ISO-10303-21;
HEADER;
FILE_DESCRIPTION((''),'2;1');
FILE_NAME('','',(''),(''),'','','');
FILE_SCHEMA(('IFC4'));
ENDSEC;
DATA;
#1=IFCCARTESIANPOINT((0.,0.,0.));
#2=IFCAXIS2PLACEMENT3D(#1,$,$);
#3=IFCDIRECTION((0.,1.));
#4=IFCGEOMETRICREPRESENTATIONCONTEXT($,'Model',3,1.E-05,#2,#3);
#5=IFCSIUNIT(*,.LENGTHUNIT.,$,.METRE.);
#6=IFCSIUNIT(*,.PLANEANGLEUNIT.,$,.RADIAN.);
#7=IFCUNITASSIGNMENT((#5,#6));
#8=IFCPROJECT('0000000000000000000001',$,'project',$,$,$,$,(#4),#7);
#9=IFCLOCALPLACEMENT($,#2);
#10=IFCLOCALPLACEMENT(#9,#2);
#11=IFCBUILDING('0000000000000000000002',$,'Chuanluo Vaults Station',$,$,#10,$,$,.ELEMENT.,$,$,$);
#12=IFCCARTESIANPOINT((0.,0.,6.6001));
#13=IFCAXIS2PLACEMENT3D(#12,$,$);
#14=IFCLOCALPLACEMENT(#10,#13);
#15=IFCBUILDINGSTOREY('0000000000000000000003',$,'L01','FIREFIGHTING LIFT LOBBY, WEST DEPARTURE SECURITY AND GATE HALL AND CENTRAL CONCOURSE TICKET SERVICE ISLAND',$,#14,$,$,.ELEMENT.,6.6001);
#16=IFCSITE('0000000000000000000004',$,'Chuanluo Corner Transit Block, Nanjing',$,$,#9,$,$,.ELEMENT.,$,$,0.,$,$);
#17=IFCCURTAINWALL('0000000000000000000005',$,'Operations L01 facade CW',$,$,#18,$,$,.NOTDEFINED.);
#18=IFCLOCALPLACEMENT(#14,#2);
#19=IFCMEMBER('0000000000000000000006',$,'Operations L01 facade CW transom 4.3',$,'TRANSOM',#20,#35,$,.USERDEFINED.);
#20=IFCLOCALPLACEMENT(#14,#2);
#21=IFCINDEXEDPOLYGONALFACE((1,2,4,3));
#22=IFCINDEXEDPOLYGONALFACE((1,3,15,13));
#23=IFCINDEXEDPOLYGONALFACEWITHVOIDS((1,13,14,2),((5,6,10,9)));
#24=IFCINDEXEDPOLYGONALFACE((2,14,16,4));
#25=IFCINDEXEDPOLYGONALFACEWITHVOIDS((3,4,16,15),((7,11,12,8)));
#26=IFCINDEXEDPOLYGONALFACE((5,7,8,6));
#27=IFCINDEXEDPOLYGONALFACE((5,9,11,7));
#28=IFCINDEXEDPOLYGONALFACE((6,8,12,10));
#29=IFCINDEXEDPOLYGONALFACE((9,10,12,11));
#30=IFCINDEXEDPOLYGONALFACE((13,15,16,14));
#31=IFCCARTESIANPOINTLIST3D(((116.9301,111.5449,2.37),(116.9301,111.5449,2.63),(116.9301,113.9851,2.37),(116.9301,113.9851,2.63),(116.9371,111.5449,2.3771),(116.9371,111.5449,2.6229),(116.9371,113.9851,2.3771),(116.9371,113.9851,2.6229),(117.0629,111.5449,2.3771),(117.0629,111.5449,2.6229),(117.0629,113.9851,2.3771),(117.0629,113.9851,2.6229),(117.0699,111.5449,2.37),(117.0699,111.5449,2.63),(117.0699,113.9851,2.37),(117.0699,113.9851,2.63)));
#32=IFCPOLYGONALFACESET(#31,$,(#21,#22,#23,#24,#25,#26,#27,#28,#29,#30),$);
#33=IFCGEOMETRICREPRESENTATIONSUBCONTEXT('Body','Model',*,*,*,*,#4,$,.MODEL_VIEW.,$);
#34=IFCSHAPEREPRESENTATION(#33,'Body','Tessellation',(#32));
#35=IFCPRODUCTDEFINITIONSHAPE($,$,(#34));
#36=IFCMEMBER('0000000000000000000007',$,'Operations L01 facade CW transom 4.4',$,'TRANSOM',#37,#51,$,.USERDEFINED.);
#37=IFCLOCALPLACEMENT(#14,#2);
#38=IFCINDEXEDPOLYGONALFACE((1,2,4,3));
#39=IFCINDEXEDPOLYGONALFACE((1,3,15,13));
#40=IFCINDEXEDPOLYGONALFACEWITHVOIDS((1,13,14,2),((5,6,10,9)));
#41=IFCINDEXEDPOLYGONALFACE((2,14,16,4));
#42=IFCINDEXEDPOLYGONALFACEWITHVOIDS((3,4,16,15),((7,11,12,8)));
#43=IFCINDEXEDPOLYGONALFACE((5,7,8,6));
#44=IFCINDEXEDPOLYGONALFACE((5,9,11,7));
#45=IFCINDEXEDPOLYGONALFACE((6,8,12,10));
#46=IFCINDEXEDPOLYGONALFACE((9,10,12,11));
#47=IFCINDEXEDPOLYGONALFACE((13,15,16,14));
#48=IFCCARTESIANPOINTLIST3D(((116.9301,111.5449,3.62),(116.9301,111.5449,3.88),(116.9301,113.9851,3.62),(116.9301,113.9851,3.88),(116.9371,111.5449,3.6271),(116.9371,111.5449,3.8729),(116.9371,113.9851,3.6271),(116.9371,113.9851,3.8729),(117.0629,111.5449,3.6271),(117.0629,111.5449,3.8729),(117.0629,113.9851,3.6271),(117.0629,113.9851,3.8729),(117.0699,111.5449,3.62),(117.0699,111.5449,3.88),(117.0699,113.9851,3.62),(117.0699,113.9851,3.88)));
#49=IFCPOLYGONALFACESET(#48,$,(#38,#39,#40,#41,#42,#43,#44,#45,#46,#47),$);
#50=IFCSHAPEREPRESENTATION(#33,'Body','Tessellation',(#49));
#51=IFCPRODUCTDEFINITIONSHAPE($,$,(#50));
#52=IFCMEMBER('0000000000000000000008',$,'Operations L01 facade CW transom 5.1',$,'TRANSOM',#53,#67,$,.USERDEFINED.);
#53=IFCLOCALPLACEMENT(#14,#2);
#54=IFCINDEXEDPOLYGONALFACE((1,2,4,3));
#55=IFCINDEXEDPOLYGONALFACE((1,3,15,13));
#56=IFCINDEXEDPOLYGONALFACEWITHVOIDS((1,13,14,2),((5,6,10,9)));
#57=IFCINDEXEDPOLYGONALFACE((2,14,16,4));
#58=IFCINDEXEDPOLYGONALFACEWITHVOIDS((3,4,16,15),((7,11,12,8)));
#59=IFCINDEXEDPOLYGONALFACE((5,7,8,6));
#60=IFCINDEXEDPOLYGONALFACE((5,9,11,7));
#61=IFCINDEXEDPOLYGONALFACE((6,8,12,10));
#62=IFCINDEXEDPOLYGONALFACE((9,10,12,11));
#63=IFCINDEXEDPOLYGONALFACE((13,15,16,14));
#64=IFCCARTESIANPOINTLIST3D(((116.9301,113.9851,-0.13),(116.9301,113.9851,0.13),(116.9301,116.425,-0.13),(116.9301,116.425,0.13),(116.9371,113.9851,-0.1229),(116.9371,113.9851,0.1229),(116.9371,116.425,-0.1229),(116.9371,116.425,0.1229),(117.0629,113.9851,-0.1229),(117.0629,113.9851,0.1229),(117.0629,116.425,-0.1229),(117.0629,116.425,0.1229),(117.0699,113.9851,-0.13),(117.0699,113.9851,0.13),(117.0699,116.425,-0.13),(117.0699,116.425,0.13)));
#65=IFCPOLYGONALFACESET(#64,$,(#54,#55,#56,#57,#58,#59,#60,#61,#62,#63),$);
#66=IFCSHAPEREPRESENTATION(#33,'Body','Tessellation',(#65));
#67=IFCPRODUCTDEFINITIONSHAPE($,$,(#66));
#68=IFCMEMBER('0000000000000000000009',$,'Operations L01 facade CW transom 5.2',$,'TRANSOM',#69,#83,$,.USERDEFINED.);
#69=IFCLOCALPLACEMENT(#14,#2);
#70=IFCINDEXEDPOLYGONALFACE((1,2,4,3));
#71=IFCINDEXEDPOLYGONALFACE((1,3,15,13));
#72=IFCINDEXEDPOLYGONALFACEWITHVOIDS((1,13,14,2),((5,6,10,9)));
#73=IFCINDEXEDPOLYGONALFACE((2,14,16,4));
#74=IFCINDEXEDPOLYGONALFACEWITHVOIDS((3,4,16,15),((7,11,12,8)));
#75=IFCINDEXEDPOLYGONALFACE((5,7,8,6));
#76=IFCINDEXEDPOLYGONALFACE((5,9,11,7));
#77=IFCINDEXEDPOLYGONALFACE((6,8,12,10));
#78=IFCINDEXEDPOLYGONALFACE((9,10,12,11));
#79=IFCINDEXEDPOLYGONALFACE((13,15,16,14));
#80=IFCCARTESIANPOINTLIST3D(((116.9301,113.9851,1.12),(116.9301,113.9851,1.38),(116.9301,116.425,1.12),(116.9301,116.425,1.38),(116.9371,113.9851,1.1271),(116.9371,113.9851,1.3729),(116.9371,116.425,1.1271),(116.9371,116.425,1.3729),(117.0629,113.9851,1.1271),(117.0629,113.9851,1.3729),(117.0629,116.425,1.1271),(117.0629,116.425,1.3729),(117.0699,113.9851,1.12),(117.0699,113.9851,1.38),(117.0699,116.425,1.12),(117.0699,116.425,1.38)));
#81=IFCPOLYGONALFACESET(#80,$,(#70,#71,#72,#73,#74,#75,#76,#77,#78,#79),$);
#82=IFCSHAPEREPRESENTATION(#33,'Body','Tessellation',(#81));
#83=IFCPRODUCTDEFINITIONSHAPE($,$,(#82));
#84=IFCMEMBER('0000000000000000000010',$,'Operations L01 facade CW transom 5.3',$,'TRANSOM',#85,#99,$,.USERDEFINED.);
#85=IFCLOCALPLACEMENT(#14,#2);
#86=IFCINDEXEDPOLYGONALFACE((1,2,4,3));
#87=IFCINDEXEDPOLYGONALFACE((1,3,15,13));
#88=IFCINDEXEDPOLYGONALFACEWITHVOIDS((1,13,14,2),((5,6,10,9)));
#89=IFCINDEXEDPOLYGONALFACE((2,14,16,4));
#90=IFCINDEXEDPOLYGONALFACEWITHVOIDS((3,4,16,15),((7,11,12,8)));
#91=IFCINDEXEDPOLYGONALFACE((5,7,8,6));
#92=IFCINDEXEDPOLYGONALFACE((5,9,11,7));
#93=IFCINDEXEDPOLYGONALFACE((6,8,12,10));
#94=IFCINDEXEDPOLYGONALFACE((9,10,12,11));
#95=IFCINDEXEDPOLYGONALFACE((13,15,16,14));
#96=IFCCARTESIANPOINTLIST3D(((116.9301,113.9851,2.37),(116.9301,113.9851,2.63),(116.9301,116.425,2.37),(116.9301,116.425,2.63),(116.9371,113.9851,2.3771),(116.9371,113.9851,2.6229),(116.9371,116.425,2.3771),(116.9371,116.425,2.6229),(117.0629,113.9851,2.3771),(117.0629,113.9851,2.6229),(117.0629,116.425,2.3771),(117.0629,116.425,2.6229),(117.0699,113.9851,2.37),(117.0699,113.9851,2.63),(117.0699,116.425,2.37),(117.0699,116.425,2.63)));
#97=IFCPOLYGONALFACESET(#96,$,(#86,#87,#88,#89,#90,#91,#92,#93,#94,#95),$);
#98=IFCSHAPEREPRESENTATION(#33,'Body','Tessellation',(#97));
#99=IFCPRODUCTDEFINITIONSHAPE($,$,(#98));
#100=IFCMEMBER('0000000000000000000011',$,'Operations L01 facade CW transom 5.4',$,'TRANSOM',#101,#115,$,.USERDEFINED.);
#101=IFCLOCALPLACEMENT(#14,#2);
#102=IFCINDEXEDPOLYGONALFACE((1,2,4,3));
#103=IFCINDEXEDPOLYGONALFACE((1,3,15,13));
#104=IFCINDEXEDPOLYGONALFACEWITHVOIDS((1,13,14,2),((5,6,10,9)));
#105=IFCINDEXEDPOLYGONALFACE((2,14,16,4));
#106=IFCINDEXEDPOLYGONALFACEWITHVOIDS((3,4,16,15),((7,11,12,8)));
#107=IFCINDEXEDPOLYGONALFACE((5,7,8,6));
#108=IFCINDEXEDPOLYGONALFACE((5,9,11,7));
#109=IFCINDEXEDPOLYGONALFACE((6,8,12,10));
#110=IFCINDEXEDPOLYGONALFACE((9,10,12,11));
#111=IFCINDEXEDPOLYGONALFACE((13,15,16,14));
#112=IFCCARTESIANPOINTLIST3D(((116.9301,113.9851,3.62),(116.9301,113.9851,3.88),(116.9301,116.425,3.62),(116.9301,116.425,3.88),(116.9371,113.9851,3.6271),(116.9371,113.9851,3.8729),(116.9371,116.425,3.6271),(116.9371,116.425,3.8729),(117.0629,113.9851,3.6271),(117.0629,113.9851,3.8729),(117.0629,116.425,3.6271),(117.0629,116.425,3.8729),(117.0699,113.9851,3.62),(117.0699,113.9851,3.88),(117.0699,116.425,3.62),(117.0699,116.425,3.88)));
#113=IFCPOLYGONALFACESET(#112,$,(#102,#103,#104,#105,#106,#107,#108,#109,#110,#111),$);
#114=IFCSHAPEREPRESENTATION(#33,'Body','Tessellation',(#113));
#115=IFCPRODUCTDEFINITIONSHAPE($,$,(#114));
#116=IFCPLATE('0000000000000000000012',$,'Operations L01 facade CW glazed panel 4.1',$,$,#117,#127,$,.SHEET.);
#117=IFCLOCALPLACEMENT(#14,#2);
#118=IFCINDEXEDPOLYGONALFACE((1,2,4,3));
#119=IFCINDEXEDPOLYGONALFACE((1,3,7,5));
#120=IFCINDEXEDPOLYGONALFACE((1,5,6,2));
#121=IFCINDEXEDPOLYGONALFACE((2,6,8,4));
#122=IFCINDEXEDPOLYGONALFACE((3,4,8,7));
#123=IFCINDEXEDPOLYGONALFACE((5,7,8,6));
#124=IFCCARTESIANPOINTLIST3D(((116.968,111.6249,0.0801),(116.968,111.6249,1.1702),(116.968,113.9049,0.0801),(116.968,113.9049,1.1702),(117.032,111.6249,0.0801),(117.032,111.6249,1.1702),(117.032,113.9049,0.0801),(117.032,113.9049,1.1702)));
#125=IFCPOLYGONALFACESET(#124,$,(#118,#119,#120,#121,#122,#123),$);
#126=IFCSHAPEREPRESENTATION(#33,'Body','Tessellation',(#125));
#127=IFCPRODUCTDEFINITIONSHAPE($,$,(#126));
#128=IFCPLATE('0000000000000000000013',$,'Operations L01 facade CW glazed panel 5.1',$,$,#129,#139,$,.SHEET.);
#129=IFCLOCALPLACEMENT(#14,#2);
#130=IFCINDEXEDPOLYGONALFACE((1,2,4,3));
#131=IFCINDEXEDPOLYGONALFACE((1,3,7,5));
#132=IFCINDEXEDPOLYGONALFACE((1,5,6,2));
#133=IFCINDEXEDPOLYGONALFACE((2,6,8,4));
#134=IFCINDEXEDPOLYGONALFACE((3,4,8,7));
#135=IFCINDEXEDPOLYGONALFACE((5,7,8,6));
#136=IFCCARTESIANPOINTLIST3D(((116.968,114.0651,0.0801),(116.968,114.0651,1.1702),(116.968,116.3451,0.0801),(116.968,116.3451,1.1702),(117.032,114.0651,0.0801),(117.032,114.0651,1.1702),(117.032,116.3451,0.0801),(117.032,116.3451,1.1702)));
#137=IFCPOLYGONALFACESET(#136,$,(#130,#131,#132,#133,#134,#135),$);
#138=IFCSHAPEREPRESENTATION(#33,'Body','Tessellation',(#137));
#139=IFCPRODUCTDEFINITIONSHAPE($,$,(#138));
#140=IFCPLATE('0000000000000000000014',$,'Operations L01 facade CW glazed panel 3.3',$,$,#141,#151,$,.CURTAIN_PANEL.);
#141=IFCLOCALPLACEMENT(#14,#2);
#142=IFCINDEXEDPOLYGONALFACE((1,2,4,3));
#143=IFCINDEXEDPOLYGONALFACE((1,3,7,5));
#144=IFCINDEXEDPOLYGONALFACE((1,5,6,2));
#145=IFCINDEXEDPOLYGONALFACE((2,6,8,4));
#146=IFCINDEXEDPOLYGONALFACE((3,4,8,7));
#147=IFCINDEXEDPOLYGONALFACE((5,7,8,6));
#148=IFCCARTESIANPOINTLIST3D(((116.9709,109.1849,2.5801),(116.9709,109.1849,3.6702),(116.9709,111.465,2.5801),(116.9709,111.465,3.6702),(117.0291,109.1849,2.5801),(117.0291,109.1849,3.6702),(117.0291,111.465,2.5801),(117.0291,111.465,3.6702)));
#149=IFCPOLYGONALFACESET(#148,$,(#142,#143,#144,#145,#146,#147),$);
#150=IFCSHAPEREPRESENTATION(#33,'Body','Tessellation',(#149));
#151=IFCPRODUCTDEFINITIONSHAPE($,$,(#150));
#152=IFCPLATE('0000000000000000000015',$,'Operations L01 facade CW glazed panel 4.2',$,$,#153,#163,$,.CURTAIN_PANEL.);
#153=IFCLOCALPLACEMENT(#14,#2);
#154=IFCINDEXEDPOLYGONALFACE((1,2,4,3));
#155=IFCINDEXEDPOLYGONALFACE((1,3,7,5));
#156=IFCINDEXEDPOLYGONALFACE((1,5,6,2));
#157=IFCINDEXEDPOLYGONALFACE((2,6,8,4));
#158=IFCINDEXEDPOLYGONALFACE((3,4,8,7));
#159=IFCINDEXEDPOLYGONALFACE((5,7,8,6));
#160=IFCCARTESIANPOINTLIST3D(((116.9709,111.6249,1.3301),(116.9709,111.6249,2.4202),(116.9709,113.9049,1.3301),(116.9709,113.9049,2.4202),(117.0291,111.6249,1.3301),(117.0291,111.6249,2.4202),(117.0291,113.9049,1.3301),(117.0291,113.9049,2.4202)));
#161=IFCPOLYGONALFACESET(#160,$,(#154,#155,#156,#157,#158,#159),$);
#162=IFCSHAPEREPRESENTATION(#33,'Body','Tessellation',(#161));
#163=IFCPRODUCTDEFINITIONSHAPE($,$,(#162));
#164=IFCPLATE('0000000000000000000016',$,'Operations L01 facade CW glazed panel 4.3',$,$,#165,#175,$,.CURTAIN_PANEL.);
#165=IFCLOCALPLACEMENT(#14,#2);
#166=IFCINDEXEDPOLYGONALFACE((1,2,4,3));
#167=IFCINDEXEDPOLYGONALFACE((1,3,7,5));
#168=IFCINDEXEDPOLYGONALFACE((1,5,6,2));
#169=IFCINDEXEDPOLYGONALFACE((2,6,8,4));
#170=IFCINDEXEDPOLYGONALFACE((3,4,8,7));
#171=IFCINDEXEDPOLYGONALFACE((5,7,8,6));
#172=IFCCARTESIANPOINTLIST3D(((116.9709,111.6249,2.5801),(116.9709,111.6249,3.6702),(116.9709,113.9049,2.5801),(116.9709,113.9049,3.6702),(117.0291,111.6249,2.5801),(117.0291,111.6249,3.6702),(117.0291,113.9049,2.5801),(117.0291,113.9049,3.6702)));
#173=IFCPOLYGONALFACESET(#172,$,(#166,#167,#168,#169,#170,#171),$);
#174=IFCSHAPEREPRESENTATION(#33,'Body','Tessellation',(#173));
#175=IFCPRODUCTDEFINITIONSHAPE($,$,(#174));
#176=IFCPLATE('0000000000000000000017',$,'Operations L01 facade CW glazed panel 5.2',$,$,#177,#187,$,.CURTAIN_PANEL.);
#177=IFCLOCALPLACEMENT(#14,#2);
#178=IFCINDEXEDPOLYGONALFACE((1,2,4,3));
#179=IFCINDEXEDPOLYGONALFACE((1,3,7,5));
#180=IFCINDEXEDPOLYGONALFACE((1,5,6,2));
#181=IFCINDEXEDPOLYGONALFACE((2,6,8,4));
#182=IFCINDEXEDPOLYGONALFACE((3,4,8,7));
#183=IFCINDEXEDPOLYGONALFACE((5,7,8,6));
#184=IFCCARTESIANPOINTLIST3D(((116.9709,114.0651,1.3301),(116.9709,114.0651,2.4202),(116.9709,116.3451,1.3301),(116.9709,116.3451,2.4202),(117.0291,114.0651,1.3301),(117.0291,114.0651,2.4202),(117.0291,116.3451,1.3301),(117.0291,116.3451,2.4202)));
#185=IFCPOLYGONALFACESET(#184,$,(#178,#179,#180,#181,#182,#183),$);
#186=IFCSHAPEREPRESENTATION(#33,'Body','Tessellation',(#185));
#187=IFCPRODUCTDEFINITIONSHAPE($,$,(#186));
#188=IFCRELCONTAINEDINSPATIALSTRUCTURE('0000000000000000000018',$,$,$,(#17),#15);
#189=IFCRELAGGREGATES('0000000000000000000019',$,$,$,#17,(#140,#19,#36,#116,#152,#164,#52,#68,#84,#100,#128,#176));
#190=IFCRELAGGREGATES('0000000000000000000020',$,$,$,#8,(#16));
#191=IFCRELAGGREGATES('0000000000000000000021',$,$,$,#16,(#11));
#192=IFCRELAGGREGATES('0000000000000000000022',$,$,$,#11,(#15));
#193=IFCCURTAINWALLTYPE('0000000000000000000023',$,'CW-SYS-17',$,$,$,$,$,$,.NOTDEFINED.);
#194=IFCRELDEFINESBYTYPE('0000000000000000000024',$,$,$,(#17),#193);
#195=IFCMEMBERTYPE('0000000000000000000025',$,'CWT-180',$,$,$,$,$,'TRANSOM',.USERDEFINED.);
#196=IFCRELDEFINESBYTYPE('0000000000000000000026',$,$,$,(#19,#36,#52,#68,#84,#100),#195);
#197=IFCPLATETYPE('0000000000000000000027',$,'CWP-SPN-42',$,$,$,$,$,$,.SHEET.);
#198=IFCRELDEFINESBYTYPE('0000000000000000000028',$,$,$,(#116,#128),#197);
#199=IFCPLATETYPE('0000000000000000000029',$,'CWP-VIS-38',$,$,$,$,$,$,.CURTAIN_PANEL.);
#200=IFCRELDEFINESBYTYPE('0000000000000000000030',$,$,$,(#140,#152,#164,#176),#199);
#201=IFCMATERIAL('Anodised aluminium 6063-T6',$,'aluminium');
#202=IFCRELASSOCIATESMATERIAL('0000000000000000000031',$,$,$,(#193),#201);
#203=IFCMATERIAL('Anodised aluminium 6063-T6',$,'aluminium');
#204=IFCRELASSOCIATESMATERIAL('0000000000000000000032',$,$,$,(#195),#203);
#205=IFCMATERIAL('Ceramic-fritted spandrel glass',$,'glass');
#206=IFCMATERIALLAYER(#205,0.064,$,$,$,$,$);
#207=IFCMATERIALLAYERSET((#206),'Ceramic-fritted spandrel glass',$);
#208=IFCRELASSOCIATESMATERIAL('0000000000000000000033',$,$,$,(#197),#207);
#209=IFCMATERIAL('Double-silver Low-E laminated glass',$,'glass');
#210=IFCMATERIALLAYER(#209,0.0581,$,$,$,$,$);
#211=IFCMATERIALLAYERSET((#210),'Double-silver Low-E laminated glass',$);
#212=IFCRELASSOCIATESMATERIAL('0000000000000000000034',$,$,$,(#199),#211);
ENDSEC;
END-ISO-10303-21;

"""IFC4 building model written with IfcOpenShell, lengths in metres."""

from ifc_helpers import new_model, si_unit, direction, frame, origin, origin_2d, place, context, subcontext, project, spatial, rectangle, hollow_rectangle, extrude, material, layer, layer_set, material_profile, profile_set, type_object, element, aggregate, save


model = new_model("IFC4")

# Units and contexts
model_context = context("Model", 3, precision=1e-05, world=origin(), true_north=direction((0.0, 1.0)))
body_context = subcontext(model_context, "Body", "Model", "MODEL_VIEW")
ifc_project = project(units=[si_unit("LENGTHUNIT", "METRE"), si_unit("PLANEANGLEUNIT", "RADIAN")], contexts=[model_context])

# Site, building, storey
site_placement = place(None, origin())
site = spatial("IfcSite", under=ifc_project, at=site_placement, Name="Chuanluo Corner Transit Block, Nanjing", CompositionType="ELEMENT", RefElevation=0.0)
building_placement = place(site_placement, origin())
building = spatial("IfcBuilding", under=site, at=building_placement, Name="Chuanluo Vaults Station", CompositionType="ELEMENT")
storey_placement = place(building_placement, frame((0.0, 0.0, 6.6001)))
storey = spatial("IfcBuildingStorey", under=building, at=storey_placement, Name="L01", Description="FIREFIGHTING LIFT LOBBY, WEST DEPARTURE SECURITY AND GATE HALL AND CENTRAL CONCOURSE TICKET SERVICE ISLAND", CompositionType="ELEMENT", Elevation=6.6001)

# Curtain wall
ifc_material_1 = material(Name="Anodised aluminium 6063-T6", Category="aluminium")
curtain_wall_type_1 = type_object("IfcCurtainWallType", Name="CW-SYS-17", PredefinedType="NOTDEFINED", material=ifc_material_1)
curtain_wall_1_placement = place(storey_placement, origin())
curtain_wall_1 = element("IfcCurtainWall", 1, at=curtain_wall_1_placement, inside=storey, type_object=curtain_wall_type_1, Name="Operations L01 facade CW", PredefinedType="NOTDEFINED")

# Members
ifc_material_2 = material(Name="Anodised aluminium 6063-T6", Category="aluminium")
ifc_material_profile_1 = material_profile(ifc_material_2, hollow_rectangle(XDim=0.1399, YDim=0.26, WallThickness=0.0071, at=origin_2d()))
ifc_profile_set_1 = profile_set([ifc_material_profile_1], Name="Anodised aluminium 6063-T6")
member_type_1 = type_object("IfcMemberType", Name="CWT-180", ElementType="TRANSOM", PredefinedType="USERDEFINED", material=ifc_profile_set_1)
member_1_placement = place(storey_placement, frame((117.0, 111.5449, 2.5), z_axis=(0.0, 1.0, 0.0), x_axis=(-1.0, 0.0, 0.0)))
member_1 = element("IfcMember", 2, at=member_1_placement, type_object=member_type_1, Name="Operations L01 facade CW transom 4.3", ObjectType="TRANSOM", PredefinedType="USERDEFINED", context=body_context, shape_type="SweptSolid", body=[
    extrude(hollow_rectangle(XDim=0.1399, YDim=0.26, WallThickness=0.0071, at=origin_2d()), origin(), (0.0, 0.0, 1.0), 2.4402),
])
member_2_placement = place(storey_placement, frame((117.0, 111.5449, 3.75), z_axis=(0.0, 1.0, 0.0), x_axis=(-1.0, 0.0, 0.0)))
member_2 = element("IfcMember", 3, at=member_2_placement, type_object=member_type_1, Name="Operations L01 facade CW transom 4.4", ObjectType="TRANSOM", PredefinedType="USERDEFINED", context=body_context, shape_type="SweptSolid", body=[
    extrude(hollow_rectangle(XDim=0.1399, YDim=0.26, WallThickness=0.0071, at=origin_2d()), origin(), (0.0, 0.0, 1.0), 2.4402),
])
member_3_placement = place(storey_placement, frame((117.0, 113.9851, 0.0), z_axis=(0.0, 1.0, 0.0), x_axis=(-1.0, 0.0, 0.0)))
member_3 = element("IfcMember", 4, at=member_3_placement, type_object=member_type_1, Name="Operations L01 facade CW transom 5.1", ObjectType="TRANSOM", PredefinedType="USERDEFINED", context=body_context, shape_type="SweptSolid", body=[
    extrude(hollow_rectangle(XDim=0.1399, YDim=0.26, WallThickness=0.0071, at=origin_2d()), origin(), (0.0, 0.0, 1.0), 2.4399),
])
member_4_placement = place(storey_placement, frame((117.0, 113.9851, 1.25), z_axis=(0.0, 1.0, 0.0), x_axis=(-1.0, 0.0, 0.0)))
member_4 = element("IfcMember", 5, at=member_4_placement, type_object=member_type_1, Name="Operations L01 facade CW transom 5.2", ObjectType="TRANSOM", PredefinedType="USERDEFINED", context=body_context, shape_type="SweptSolid", body=[
    extrude(hollow_rectangle(XDim=0.1399, YDim=0.26, WallThickness=0.0071, at=origin_2d()), origin(), (0.0, 0.0, 1.0), 2.4399),
])
member_5_placement = place(storey_placement, frame((117.0, 113.9851, 2.5), z_axis=(0.0, 1.0, 0.0), x_axis=(-1.0, 0.0, 0.0)))
member_5 = element("IfcMember", 6, at=member_5_placement, type_object=member_type_1, Name="Operations L01 facade CW transom 5.3", ObjectType="TRANSOM", PredefinedType="USERDEFINED", context=body_context, shape_type="SweptSolid", body=[
    extrude(hollow_rectangle(XDim=0.1399, YDim=0.26, WallThickness=0.0071, at=origin_2d()), origin(), (0.0, 0.0, 1.0), 2.4399),
])
member_6_placement = place(storey_placement, frame((117.0, 113.9851, 3.75), z_axis=(0.0, 1.0, 0.0), x_axis=(-1.0, 0.0, 0.0)))
member_6 = element("IfcMember", 7, at=member_6_placement, type_object=member_type_1, Name="Operations L01 facade CW transom 5.4", ObjectType="TRANSOM", PredefinedType="USERDEFINED", context=body_context, shape_type="SweptSolid", body=[
    extrude(hollow_rectangle(XDim=0.1399, YDim=0.26, WallThickness=0.0071, at=origin_2d()), origin(), (0.0, 0.0, 1.0), 2.4399),
])

# Plates
ifc_material_3 = material(Name="Ceramic-fritted spandrel glass", Category="glass")
ifc_layer_1 = layer(ifc_material_3, 0.064)
ifc_layer_set_1 = layer_set([ifc_layer_1], Name="Ceramic-fritted spandrel glass")
plate_type_1 = type_object("IfcPlateType", Name="CWP-SPN-42", PredefinedType="SHEET", material=ifc_layer_set_1)
plate_1_placement = place(storey_placement, frame((117.0, 112.7649, 0.0801), z_axis=(0.0, 0.0, 1.0), x_axis=(0.0, 1.0, 0.0)))
plate_1 = element("IfcPlate", 8, at=plate_1_placement, type_object=plate_type_1, Name="Operations L01 facade CW glazed panel 4.1", PredefinedType="SHEET", context=body_context, shape_type="SweptSolid", body=[
    extrude(rectangle(XDim=2.28, YDim=0.064, at=origin_2d()), origin(), (0.0, 0.0, 1.0), 1.0901),
])
plate_2_placement = place(storey_placement, frame((117.0, 115.2051, 0.0801), z_axis=(0.0, 0.0, 1.0), x_axis=(0.0, 1.0, 0.0)))
plate_2 = element("IfcPlate", 9, at=plate_2_placement, type_object=plate_type_1, Name="Operations L01 facade CW glazed panel 5.1", PredefinedType="SHEET", context=body_context, shape_type="SweptSolid", body=[
    extrude(rectangle(XDim=2.28, YDim=0.064, at=origin_2d()), origin(), (0.0, 0.0, 1.0), 1.0901),
])
ifc_material_4 = material(Name="Double-silver Low-E laminated glass", Category="glass")
ifc_layer_2 = layer(ifc_material_4, 0.0581)
ifc_layer_set_2 = layer_set([ifc_layer_2], Name="Double-silver Low-E laminated glass")
plate_type_2 = type_object("IfcPlateType", Name="CWP-VIS-38", PredefinedType="CURTAIN_PANEL", material=ifc_layer_set_2)
plate_3_placement = place(storey_placement, frame((117.0, 110.325, 2.5801), z_axis=(0.0, 0.0, 1.0), x_axis=(0.0, 1.0, 0.0)))
plate_3 = element("IfcPlate", 10, at=plate_3_placement, type_object=plate_type_2, Name="Operations L01 facade CW glazed panel 3.3", PredefinedType="CURTAIN_PANEL", context=body_context, shape_type="SweptSolid", body=[
    extrude(rectangle(XDim=2.28, YDim=0.0581, at=origin_2d()), origin(), (0.0, 0.0, 1.0), 1.0901),
])
plate_4_placement = place(storey_placement, frame((117.0, 112.7649, 1.3301), z_axis=(0.0, 0.0, 1.0), x_axis=(0.0, 1.0, 0.0)))
plate_4 = element("IfcPlate", 11, at=plate_4_placement, type_object=plate_type_2, Name="Operations L01 facade CW glazed panel 4.2", PredefinedType="CURTAIN_PANEL", context=body_context, shape_type="SweptSolid", body=[
    extrude(rectangle(XDim=2.28, YDim=0.0581, at=origin_2d()), origin(), (0.0, 0.0, 1.0), 1.0901),
])
plate_5_placement = place(storey_placement, frame((117.0, 112.7649, 2.5801), z_axis=(0.0, 0.0, 1.0), x_axis=(0.0, 1.0, 0.0)))
plate_5 = element("IfcPlate", 12, at=plate_5_placement, type_object=plate_type_2, Name="Operations L01 facade CW glazed panel 4.3", PredefinedType="CURTAIN_PANEL", context=body_context, shape_type="SweptSolid", body=[
    extrude(rectangle(XDim=2.28, YDim=0.0581, at=origin_2d()), origin(), (0.0, 0.0, 1.0), 1.0901),
])
plate_6_placement = place(storey_placement, frame((117.0, 115.2051, 1.3301), z_axis=(0.0, 0.0, 1.0), x_axis=(0.0, 1.0, 0.0)))
plate_6 = element("IfcPlate", 13, at=plate_6_placement, type_object=plate_type_2, Name="Operations L01 facade CW glazed panel 5.2", PredefinedType="CURTAIN_PANEL", context=body_context, shape_type="SweptSolid", body=[
    extrude(rectangle(XDim=2.28, YDim=0.0581, at=origin_2d()), origin(), (0.0, 0.0, 1.0), 1.0901),
])
aggregate(curtain_wall_1, [plate_3, member_1, member_2, plate_1, plate_4, plate_5, member_3, member_4, member_5, member_6, plate_2, plate_6])

save(model, "model.ifc")
